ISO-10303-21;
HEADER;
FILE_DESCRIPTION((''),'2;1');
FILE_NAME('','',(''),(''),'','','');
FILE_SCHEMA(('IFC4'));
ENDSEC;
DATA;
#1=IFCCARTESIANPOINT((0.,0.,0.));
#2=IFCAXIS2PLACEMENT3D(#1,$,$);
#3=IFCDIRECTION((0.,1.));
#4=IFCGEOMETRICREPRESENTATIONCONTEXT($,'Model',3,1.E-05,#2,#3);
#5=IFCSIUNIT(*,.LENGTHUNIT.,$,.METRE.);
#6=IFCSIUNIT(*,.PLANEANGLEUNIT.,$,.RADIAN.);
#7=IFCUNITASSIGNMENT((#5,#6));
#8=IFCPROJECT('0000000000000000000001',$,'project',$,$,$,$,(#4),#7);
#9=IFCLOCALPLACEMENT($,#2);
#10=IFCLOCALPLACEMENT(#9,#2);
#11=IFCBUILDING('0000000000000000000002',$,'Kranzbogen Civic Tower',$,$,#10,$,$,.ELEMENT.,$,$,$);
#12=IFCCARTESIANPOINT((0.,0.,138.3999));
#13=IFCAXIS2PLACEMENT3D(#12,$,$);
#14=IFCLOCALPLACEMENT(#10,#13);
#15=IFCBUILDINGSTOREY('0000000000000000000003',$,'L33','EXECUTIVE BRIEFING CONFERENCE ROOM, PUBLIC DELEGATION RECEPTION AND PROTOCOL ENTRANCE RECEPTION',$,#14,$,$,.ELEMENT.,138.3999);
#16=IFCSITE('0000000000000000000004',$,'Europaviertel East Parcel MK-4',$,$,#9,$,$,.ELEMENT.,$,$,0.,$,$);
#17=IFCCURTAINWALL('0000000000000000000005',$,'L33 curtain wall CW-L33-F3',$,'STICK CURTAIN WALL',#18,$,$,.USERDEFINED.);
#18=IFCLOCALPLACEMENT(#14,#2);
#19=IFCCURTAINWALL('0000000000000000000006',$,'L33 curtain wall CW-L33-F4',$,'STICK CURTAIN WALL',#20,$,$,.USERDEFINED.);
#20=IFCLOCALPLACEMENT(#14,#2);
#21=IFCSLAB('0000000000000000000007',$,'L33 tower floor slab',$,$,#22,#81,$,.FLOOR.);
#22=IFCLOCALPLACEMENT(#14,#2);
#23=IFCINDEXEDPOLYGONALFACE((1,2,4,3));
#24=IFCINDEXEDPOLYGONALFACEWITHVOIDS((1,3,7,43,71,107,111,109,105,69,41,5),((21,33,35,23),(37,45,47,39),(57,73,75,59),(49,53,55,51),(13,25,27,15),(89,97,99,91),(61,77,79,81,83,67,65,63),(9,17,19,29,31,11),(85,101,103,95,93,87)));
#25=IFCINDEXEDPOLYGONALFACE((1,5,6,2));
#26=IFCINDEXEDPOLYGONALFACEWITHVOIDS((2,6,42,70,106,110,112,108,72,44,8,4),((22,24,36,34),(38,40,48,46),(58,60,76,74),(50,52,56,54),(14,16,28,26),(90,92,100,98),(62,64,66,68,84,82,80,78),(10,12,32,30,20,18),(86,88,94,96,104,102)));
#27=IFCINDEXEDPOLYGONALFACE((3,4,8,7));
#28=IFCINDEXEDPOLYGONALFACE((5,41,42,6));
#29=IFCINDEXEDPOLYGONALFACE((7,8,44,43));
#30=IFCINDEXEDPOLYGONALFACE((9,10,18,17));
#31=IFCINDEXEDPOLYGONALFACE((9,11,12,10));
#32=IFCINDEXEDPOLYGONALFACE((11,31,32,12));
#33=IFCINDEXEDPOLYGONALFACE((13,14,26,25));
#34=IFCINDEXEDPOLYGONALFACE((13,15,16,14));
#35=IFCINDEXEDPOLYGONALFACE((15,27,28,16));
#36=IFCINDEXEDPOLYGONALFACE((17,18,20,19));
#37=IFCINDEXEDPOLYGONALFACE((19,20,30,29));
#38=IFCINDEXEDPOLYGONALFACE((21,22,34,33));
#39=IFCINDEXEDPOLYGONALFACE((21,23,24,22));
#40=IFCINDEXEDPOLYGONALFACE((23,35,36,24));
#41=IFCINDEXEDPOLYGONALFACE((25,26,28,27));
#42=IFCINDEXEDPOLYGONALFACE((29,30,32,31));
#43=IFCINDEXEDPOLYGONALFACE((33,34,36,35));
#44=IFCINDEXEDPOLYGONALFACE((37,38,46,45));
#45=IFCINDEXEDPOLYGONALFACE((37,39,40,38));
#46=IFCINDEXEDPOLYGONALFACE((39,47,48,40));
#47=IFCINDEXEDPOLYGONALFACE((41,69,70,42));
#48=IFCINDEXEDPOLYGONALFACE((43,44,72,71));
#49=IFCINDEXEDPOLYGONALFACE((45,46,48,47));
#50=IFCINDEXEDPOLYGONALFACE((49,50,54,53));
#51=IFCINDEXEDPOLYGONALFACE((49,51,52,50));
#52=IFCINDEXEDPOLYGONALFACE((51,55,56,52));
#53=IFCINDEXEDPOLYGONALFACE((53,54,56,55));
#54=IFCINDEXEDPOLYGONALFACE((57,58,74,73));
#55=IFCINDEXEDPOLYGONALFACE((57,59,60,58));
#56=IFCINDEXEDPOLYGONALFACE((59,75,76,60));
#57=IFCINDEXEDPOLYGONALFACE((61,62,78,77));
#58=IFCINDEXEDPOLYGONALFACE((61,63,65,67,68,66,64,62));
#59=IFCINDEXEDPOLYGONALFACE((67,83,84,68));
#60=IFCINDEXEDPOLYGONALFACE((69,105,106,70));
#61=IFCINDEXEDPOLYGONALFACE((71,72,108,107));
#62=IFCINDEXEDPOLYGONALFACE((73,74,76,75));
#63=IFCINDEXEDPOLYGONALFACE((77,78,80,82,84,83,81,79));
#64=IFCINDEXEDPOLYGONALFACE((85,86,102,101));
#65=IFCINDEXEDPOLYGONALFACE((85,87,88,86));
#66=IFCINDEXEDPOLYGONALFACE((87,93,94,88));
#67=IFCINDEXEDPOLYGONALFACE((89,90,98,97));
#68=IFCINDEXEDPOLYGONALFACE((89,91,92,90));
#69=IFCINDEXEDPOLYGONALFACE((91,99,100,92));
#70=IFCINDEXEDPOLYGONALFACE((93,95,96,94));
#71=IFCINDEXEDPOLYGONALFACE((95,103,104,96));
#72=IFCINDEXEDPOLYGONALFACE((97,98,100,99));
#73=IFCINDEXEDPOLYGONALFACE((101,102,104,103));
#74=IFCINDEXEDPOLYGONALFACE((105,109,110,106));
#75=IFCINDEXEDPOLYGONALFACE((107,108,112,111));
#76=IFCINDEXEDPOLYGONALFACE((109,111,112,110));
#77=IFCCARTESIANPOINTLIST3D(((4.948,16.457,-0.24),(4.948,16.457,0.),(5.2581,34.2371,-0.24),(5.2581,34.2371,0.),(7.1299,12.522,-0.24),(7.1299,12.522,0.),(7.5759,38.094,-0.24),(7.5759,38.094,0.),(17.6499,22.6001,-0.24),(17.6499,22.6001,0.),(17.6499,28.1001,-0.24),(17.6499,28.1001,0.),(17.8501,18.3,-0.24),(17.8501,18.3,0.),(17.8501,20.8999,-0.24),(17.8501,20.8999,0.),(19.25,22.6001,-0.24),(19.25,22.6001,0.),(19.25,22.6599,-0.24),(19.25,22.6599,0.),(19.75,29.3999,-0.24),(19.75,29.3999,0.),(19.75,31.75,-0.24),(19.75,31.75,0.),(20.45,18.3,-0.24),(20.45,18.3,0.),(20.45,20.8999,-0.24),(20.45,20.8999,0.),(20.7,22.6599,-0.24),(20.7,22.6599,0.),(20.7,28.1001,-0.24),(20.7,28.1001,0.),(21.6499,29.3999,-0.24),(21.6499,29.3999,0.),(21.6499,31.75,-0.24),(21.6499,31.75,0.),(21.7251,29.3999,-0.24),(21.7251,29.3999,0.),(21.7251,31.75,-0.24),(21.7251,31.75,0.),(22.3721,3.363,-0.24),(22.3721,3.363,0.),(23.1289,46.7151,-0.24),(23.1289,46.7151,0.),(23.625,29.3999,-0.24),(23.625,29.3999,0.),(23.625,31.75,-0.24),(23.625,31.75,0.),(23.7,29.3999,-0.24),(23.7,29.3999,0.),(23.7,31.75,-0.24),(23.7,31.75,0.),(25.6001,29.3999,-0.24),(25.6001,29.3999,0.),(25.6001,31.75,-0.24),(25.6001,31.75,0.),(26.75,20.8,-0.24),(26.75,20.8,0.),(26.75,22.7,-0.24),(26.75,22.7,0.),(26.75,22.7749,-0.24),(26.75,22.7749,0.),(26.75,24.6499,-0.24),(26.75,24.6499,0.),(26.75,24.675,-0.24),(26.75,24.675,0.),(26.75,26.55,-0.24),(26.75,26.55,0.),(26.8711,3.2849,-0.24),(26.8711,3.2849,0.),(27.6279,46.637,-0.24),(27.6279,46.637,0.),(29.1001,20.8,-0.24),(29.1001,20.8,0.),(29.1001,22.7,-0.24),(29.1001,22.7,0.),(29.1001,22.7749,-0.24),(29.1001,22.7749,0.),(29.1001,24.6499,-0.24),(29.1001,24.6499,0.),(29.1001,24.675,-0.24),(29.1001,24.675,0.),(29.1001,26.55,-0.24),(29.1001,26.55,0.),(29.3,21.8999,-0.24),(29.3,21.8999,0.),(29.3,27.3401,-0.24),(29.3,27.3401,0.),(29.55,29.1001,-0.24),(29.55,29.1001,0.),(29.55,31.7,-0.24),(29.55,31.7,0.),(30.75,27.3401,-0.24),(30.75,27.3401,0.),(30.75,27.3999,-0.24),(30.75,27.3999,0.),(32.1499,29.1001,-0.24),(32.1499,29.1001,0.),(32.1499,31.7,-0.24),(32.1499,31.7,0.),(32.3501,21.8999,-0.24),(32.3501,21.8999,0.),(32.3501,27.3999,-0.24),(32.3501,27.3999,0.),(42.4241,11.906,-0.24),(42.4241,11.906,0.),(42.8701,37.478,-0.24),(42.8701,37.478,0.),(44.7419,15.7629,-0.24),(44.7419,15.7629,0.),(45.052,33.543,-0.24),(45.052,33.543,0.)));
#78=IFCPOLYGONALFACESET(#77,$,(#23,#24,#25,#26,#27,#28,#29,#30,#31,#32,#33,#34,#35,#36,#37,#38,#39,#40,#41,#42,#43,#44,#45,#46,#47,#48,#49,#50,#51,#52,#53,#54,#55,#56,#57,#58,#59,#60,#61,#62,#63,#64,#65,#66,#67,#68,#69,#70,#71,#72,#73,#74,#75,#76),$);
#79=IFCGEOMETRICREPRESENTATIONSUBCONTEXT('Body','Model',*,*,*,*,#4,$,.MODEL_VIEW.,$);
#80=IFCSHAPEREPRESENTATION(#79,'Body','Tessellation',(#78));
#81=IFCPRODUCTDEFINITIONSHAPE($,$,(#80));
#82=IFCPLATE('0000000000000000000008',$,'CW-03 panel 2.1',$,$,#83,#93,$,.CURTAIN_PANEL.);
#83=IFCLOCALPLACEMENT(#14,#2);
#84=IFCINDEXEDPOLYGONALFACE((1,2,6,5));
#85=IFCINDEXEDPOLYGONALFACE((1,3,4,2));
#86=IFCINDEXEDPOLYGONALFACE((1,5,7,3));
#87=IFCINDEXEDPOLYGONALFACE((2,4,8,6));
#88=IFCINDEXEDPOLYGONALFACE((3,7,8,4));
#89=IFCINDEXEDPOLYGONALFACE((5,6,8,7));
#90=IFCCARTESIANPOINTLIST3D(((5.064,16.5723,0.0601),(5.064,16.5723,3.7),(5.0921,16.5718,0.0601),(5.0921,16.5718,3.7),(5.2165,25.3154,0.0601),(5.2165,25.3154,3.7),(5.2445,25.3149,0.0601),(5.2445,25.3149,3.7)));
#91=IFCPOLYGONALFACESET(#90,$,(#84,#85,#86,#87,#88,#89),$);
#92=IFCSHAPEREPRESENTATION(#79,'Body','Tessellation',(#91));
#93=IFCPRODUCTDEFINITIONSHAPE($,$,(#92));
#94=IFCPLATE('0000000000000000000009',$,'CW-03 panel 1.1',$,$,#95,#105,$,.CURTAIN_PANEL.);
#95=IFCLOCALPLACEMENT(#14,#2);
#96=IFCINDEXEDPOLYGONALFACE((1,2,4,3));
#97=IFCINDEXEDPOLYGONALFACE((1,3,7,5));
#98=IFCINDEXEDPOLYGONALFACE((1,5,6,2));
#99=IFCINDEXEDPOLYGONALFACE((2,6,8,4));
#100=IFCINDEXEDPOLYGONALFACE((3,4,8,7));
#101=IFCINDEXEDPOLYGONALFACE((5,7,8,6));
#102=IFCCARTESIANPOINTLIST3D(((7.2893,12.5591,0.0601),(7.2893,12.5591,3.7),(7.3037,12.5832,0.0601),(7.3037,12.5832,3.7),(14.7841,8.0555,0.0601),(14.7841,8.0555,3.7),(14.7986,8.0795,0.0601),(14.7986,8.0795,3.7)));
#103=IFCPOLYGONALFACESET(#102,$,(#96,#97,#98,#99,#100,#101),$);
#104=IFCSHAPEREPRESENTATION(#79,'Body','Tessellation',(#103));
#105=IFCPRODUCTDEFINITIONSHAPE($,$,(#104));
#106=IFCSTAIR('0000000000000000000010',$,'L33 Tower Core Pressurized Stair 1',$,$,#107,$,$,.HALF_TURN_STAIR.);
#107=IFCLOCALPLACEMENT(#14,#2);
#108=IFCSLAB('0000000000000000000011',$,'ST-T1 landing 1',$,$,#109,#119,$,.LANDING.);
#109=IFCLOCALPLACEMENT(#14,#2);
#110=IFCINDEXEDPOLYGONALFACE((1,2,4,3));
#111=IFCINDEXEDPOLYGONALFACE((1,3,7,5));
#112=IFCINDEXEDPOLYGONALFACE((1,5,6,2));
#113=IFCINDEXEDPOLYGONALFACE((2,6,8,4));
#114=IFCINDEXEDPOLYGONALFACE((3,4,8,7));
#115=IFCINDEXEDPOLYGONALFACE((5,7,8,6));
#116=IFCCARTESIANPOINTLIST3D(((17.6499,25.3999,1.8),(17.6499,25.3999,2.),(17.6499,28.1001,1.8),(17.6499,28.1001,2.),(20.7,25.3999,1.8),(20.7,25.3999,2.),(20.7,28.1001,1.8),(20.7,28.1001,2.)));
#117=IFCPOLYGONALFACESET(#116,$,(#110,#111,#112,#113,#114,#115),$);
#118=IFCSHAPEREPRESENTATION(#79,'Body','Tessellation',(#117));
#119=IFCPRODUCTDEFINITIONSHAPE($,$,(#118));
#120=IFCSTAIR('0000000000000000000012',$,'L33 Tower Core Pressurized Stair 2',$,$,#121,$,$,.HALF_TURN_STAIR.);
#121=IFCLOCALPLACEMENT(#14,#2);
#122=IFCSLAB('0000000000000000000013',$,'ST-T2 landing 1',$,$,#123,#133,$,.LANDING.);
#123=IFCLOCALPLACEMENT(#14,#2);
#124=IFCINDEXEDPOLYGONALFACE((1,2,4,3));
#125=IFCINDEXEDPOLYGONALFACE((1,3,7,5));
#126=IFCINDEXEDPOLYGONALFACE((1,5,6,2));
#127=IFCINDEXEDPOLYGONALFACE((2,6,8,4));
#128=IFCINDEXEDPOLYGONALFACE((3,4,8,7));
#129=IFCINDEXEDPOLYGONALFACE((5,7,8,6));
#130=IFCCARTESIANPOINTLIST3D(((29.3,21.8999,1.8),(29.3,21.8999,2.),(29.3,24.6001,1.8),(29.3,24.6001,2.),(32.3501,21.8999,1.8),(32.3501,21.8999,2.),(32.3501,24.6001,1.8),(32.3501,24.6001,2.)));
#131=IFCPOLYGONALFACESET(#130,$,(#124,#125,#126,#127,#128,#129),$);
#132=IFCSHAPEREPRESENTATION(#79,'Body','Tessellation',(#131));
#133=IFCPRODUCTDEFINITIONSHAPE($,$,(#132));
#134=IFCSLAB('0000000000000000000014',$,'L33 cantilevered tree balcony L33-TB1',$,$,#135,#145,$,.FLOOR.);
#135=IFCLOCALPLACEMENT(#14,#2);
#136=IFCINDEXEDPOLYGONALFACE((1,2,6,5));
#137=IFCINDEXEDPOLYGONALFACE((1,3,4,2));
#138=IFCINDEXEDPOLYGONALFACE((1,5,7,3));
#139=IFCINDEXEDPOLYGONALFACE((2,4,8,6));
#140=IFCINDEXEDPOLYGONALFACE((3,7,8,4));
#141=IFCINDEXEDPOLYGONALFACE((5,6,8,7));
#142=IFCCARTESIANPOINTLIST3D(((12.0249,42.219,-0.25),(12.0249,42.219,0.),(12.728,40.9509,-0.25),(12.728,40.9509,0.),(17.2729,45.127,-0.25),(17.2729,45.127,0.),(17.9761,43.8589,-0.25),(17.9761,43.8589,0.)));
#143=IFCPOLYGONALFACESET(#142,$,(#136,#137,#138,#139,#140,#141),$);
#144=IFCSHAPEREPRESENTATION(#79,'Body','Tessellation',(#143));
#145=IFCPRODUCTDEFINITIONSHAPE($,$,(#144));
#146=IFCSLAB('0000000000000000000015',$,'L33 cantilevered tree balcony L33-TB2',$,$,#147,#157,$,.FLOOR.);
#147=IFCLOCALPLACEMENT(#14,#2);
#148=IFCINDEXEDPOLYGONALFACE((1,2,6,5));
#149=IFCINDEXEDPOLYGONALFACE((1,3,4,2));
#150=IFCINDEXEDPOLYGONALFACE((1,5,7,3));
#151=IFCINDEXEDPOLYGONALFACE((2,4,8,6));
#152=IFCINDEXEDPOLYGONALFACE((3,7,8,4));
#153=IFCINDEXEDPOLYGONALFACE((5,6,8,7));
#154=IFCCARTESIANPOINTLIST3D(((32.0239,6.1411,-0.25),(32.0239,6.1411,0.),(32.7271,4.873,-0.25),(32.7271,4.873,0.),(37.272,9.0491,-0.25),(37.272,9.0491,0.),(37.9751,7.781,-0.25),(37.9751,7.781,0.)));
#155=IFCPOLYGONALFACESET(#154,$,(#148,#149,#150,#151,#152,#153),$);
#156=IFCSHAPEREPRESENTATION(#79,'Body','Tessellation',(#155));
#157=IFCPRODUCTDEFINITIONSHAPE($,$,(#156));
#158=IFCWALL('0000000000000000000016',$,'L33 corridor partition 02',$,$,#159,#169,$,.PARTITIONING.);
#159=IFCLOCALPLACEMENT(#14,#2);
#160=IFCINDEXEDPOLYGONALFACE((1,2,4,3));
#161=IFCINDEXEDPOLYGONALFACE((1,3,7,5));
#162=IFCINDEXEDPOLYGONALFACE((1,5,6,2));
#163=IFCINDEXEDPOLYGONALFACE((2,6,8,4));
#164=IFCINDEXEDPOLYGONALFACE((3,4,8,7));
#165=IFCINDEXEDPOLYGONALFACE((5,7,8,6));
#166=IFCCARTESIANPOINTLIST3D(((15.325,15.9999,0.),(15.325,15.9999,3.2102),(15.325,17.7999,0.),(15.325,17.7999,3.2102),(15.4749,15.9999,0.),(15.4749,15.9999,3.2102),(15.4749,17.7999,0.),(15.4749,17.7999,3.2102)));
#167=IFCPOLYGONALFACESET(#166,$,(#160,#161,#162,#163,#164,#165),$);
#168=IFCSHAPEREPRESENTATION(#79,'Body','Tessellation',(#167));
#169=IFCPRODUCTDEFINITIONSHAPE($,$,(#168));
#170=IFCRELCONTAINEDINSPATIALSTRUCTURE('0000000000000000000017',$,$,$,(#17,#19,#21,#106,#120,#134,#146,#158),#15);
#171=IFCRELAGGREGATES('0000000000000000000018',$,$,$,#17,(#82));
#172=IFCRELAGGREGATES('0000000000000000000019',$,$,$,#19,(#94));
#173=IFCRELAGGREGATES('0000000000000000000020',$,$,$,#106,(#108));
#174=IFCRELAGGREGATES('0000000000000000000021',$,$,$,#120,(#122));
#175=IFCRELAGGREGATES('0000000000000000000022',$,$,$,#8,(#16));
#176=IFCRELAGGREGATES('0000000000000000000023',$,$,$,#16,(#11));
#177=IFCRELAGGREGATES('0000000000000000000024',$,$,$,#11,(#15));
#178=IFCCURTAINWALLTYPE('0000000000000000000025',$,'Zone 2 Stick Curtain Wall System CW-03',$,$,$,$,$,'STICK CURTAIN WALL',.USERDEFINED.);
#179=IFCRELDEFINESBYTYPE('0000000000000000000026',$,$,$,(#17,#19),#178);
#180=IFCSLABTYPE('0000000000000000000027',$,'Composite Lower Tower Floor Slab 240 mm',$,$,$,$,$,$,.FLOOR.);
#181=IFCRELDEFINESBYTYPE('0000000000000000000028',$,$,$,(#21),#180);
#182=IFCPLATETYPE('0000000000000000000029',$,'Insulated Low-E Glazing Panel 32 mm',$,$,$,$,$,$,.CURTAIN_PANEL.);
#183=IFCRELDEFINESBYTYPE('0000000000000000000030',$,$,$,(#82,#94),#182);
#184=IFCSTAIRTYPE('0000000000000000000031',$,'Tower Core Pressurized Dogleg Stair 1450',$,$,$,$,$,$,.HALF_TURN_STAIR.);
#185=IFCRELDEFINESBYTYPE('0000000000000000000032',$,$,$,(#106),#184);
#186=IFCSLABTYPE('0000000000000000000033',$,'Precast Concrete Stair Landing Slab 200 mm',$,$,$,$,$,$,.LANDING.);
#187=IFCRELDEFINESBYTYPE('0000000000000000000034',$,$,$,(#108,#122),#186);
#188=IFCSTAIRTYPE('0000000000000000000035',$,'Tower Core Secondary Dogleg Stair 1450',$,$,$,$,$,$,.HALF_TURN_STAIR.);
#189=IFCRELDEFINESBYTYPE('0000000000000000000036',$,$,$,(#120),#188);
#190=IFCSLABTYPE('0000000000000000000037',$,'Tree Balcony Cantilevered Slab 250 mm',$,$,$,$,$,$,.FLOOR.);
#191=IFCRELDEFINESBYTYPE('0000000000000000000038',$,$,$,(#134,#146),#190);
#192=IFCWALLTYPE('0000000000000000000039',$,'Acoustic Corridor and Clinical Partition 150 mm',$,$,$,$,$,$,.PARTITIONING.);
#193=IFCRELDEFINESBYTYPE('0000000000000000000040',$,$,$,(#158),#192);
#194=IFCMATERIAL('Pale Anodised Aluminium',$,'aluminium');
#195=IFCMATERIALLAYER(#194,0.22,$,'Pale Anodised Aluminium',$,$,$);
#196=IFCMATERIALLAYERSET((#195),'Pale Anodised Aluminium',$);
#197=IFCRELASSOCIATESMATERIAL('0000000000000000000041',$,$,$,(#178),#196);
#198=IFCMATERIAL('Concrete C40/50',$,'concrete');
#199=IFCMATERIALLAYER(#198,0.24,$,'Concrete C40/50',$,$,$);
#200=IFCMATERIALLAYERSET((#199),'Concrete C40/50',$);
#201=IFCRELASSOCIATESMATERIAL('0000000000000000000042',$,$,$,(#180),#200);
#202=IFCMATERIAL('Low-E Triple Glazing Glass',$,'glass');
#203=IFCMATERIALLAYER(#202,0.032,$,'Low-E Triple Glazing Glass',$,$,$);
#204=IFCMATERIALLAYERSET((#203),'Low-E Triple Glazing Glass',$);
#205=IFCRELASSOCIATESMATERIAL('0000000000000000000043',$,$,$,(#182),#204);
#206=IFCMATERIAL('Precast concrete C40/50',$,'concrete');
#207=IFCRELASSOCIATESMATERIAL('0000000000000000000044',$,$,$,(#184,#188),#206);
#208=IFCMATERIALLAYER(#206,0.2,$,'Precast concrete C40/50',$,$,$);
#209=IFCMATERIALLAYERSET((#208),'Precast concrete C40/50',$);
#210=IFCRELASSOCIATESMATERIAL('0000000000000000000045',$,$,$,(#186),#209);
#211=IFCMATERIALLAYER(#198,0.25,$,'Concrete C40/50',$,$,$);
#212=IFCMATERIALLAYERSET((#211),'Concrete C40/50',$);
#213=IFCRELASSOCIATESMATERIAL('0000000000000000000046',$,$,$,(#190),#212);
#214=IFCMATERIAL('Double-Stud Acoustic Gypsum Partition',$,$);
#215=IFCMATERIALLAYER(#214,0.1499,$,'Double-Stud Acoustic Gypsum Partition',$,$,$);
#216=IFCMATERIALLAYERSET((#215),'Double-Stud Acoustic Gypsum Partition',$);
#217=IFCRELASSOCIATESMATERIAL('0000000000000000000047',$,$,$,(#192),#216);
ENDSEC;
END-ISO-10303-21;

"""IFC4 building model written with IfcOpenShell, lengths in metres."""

from ifc_helpers import new_model, si_unit, direction, frame, frame_2d, origin, origin_2d, place, context, subcontext, project, spatial, polyline, rectangle, outline, extrude, material, layer, layer_set, type_object, element, aggregate, save


model = new_model("IFC4")

# Units and contexts
model_context = context("Model", 3, precision=1e-05, world=origin(), true_north=direction((0.0, 1.0)))
body_context = subcontext(model_context, "Body", "Model", "MODEL_VIEW")
ifc_project = project(units=[si_unit("LENGTHUNIT", "METRE"), si_unit("PLANEANGLEUNIT", "RADIAN")], contexts=[model_context])

# Site, building, storey
site_placement = place(None, origin())
site = spatial("IfcSite", under=ifc_project, at=site_placement, Name="Europaviertel East Parcel MK-4", CompositionType="ELEMENT", RefElevation=0.0)
building_placement = place(site_placement, origin())
building = spatial("IfcBuilding", under=site, at=building_placement, Name="Kranzbogen Civic Tower", CompositionType="ELEMENT")
storey_placement = place(building_placement, frame((0.0, 0.0, 138.3999)))
storey = spatial("IfcBuildingStorey", under=building, at=storey_placement, Name="L33", Description="EXECUTIVE BRIEFING CONFERENCE ROOM, PUBLIC DELEGATION RECEPTION AND PROTOCOL ENTRANCE RECEPTION", CompositionType="ELEMENT", Elevation=138.3999)

# Curtain wall
ifc_material_1 = material(Name="Pale Anodised Aluminium", Category="aluminium")
ifc_layer_1 = layer(ifc_material_1, 0.22, Name="Pale Anodised Aluminium")
ifc_layer_set_1 = layer_set([ifc_layer_1], Name="Pale Anodised Aluminium")
curtain_wall_type = type_object("IfcCurtainWallType", Name="Zone 2 Stick Curtain Wall System CW-03", ElementType="STICK CURTAIN WALL", PredefinedType="USERDEFINED", material=ifc_layer_set_1)
curtain_wall_1_placement = place(storey_placement, origin())
curtain_wall_1 = element("IfcCurtainWall", 1, at=curtain_wall_1_placement, inside=storey, type_object=curtain_wall_type, Name="L33 curtain wall CW-L33-F3", ObjectType="STICK CURTAIN WALL", PredefinedType="USERDEFINED")

# Curtain wall
curtain_wall_2_placement = place(storey_placement, origin())
curtain_wall_2 = element("IfcCurtainWall", 2, at=curtain_wall_2_placement, inside=storey, type_object=curtain_wall_type, Name="L33 curtain wall CW-L33-F4", ObjectType="STICK CURTAIN WALL", PredefinedType="USERDEFINED")

# Slab
ifc_material_2 = material(Name="Concrete C40/50", Category="concrete")
ifc_layer_2 = layer(ifc_material_2, 0.24, Name="Concrete C40/50")
ifc_layer_set_2 = layer_set([ifc_layer_2], Name="Concrete C40/50")
slab_type_1 = type_object("IfcSlabType", Name="Composite Lower Tower Floor Slab 240 mm", PredefinedType="FLOOR", material=ifc_layer_set_2)
slab_1_placement = place(storey_placement, frame((0.0, 0.0, -0.24)))
element("IfcSlab", 3, at=slab_1_placement, inside=storey, type_object=slab_type_1, Name="L33 tower floor slab", PredefinedType="FLOOR", context=body_context, shape_type="SweptSolid", body=[
    extrude(outline(polyline([(42.8701, 37.478), (27.6279, 46.637), (23.1289, 46.7151), (7.5759, 38.094), (5.2581, 34.2371), (4.948, 16.457), (7.1299, 12.522), (22.3721, 3.363), (26.8711, 3.2849), (42.4241, 11.906), (44.7419, 15.7629), (45.052, 33.543), (42.8701, 37.478)]), holes=[polyline([(20.45, 20.8999), (20.45, 18.3), (17.8501, 18.3), (17.8501, 20.8999), (20.45, 20.8999)]), polyline([(29.1001, 22.7), (29.1001, 20.8), (26.75, 20.8), (26.75, 22.7), (29.1001, 22.7)]), polyline([(29.1001, 24.6499), (29.1001, 22.7749), (26.75, 22.7749), (26.75, 24.6499), (26.75, 24.675), (26.75, 26.55), (29.1001, 26.55), (29.1001, 24.675), (29.1001, 24.6499)]), polyline([(30.75, 27.3401), (30.75, 27.3999), (32.3501, 27.3999), (32.3501, 21.8999), (29.3, 21.8999), (29.3, 27.3401), (30.75, 27.3401)]), polyline([(19.25, 22.6599), (19.25, 22.6001), (17.6499, 22.6001), (17.6499, 28.1001), (20.7, 28.1001), (20.7, 22.6599), (19.25, 22.6599)]), polyline([(32.1499, 31.7), (32.1499, 29.1001), (29.55, 29.1001), (29.55, 31.7), (32.1499, 31.7)]), polyline([(21.6499, 31.75), (21.6499, 29.3999), (19.75, 29.3999), (19.75, 31.75), (21.6499, 31.75)]), polyline([(23.625, 29.3999), (21.7251, 29.3999), (21.7251, 31.75), (23.625, 31.75), (23.625, 29.3999)]), polyline([(25.6001, 29.3999), (23.7, 29.3999), (23.7, 31.75), (25.6001, 31.75), (25.6001, 29.3999)])]), origin(), (0.0, 0.0, 1.0), 0.24),
])

# Plates
ifc_material_3 = material(Name="Low-E Triple Glazing Glass", Category="glass")
ifc_layer_3 = layer(ifc_material_3, 0.032, Name="Low-E Triple Glazing Glass")
ifc_layer_set_3 = layer_set([ifc_layer_3], Name="Low-E Triple Glazing Glass")
plate_type = type_object("IfcPlateType", Name="Insulated Low-E Glazing Panel 32 mm", PredefinedType="CURTAIN_PANEL", material=ifc_layer_set_3)
plate_1_placement = place(storey_placement, frame((5.1543, 20.9436, 0.0601), z_axis=(0.0, 0.0, 1.0), x_axis=(-0.017432, -0.999848, 0.0)))
plate_1 = element("IfcPlate", 4, at=plate_1_placement, type_object=plate_type, Name="CW-03 panel 2.1", PredefinedType="CURTAIN_PANEL", context=body_context, shape_type="SweptSolid", body=[
    extrude(rectangle(XDim=8.7444, YDim=0.0281, at=origin_2d()), origin(), (0.0, 0.0, 1.0), 3.6399),
])
aggregate(curtain_wall_1, [plate_1])
plate_2_placement = place(storey_placement, frame((11.0439, 10.3193, 0.0601), z_axis=(0.0, 0.0, 1.0), x_axis=(0.857153, -0.515062, 0.0)))
plate_2 = element("IfcPlate", 5, at=plate_2_placement, type_object=plate_type, Name="CW-03 panel 1.1", PredefinedType="CURTAIN_PANEL", context=body_context, shape_type="SweptSolid", body=[
    extrude(rectangle(XDim=8.7439, YDim=0.0281, at=origin_2d()), origin(), (0.0, 0.0, 1.0), 3.6399),
])
aggregate(curtain_wall_2, [plate_2])

# Stairs, slabs
ifc_material_4 = material(Name="Precast concrete C40/50", Category="concrete")
stair_type_1 = type_object("IfcStairType", Name="Tower Core Pressurized Dogleg Stair 1450", PredefinedType="HALF_TURN_STAIR", material=ifc_material_4)
stair_1_placement = place(storey_placement, origin())
stair_1 = element("IfcStair", 6, at=stair_1_placement, inside=storey, type_object=stair_type_1, Name="L33 Tower Core Pressurized Stair 1", PredefinedType="HALF_TURN_STAIR")
ifc_layer_4 = layer(ifc_material_4, 0.2, Name="Precast concrete C40/50")
ifc_layer_set_4 = layer_set([ifc_layer_4], Name="Precast concrete C40/50")
slab_type_2 = type_object("IfcSlabType", Name="Precast Concrete Stair Landing Slab 200 mm", PredefinedType="LANDING", material=ifc_layer_set_4)
slab_2_placement = place(storey_placement, frame((0.0, 0.0, 1.8)))
slab_2 = element("IfcSlab", 7, at=slab_2_placement, type_object=slab_type_2, Name="ST-T1 landing 1", PredefinedType="LANDING", context=body_context, shape_type="SweptSolid", body=[
    extrude(outline(polyline([(20.7, 25.3999), (20.7, 28.1001), (17.6499, 28.1001), (17.6499, 25.3999), (20.7, 25.3999)])), origin(), (0.0, 0.0, 1.0), 0.2),
])
aggregate(stair_1, [slab_2])
stair_type_2 = type_object("IfcStairType", Name="Tower Core Secondary Dogleg Stair 1450", PredefinedType="HALF_TURN_STAIR", material=ifc_material_4)
stair_2_placement = place(storey_placement, origin())
stair_2 = element("IfcStair", 8, at=stair_2_placement, inside=storey, type_object=stair_type_2, Name="L33 Tower Core Pressurized Stair 2", PredefinedType="HALF_TURN_STAIR")
slab_3_placement = place(storey_placement, frame((0.0, 0.0, 1.8)))
slab_3 = element("IfcSlab", 9, at=slab_3_placement, type_object=slab_type_2, Name="ST-T2 landing 1", PredefinedType="LANDING", context=body_context, shape_type="SweptSolid", body=[
    extrude(outline(polyline([(29.3, 24.6001), (29.3, 21.8999), (32.3501, 21.8999), (32.3501, 24.6001), (29.3, 24.6001)])), origin(), (0.0, 0.0, 1.0), 0.2),
])
aggregate(stair_2, [slab_3])

# Slabs
ifc_layer_5 = layer(ifc_material_2, 0.25, Name="Concrete C40/50")
ifc_layer_set_5 = layer_set([ifc_layer_5], Name="Concrete C40/50")
slab_type_3 = type_object("IfcSlabType", Name="Tree Balcony Cantilevered Slab 250 mm", PredefinedType="FLOOR", material=ifc_layer_set_5)
slab_4_placement = place(storey_placement, frame((0.0, 0.0, -0.25)))
element("IfcSlab", 10, at=slab_4_placement, inside=storey, type_object=slab_type_3, Name="L33 cantilevered tree balcony L33-TB1", PredefinedType="FLOOR", context=body_context, shape_type="SweptSolid", body=[
    extrude(outline(polyline([(17.9761, 43.8589), (12.728, 40.9509), (12.0249, 42.219), (17.2729, 45.127), (17.9761, 43.8589)])), origin(), (0.0, 0.0, 1.0), 0.25),
])
slab_5_placement = place(storey_placement, frame((0.0, 0.0, -0.25)))
element("IfcSlab", 11, at=slab_5_placement, inside=storey, type_object=slab_type_3, Name="L33 cantilevered tree balcony L33-TB2", PredefinedType="FLOOR", context=body_context, shape_type="SweptSolid", body=[
    extrude(outline(polyline([(32.0239, 6.1411), (37.272, 9.0491), (37.9751, 7.781), (32.7271, 4.873), (32.0239, 6.1411)])), origin(), (0.0, 0.0, 1.0), 0.25),
])

# Wall
ifc_material_5 = material(Name="Double-Stud Acoustic Gypsum Partition")
ifc_layer_6 = layer(ifc_material_5, 0.1499, Name="Double-Stud Acoustic Gypsum Partition")
ifc_layer_set_6 = layer_set([ifc_layer_6], Name="Double-Stud Acoustic Gypsum Partition")
wall_type_1 = type_object("IfcWallType", Name="Acoustic Corridor and Clinical Partition 150 mm", PredefinedType="PARTITIONING", material=ifc_layer_set_6)
wall_1_placement = place(storey_placement, frame((15.3999, 16.0, 0.0), z_axis=(0.0, 0.0, 1.0), x_axis=(0.0, 1.0, 0.0)))
element("IfcWall", 12, at=wall_1_placement, inside=storey, type_object=wall_type_1, Name="L33 corridor partition 02", PredefinedType="PARTITIONING", context=body_context, shape_type="SweptSolid", body=[
    extrude(rectangle(XDim=1.8, YDim=0.1499, at=frame_2d((0.8999, 0.0))), origin(), (0.0, 0.0, 1.0), 3.2102),
])

save(model, "model.ifc")
